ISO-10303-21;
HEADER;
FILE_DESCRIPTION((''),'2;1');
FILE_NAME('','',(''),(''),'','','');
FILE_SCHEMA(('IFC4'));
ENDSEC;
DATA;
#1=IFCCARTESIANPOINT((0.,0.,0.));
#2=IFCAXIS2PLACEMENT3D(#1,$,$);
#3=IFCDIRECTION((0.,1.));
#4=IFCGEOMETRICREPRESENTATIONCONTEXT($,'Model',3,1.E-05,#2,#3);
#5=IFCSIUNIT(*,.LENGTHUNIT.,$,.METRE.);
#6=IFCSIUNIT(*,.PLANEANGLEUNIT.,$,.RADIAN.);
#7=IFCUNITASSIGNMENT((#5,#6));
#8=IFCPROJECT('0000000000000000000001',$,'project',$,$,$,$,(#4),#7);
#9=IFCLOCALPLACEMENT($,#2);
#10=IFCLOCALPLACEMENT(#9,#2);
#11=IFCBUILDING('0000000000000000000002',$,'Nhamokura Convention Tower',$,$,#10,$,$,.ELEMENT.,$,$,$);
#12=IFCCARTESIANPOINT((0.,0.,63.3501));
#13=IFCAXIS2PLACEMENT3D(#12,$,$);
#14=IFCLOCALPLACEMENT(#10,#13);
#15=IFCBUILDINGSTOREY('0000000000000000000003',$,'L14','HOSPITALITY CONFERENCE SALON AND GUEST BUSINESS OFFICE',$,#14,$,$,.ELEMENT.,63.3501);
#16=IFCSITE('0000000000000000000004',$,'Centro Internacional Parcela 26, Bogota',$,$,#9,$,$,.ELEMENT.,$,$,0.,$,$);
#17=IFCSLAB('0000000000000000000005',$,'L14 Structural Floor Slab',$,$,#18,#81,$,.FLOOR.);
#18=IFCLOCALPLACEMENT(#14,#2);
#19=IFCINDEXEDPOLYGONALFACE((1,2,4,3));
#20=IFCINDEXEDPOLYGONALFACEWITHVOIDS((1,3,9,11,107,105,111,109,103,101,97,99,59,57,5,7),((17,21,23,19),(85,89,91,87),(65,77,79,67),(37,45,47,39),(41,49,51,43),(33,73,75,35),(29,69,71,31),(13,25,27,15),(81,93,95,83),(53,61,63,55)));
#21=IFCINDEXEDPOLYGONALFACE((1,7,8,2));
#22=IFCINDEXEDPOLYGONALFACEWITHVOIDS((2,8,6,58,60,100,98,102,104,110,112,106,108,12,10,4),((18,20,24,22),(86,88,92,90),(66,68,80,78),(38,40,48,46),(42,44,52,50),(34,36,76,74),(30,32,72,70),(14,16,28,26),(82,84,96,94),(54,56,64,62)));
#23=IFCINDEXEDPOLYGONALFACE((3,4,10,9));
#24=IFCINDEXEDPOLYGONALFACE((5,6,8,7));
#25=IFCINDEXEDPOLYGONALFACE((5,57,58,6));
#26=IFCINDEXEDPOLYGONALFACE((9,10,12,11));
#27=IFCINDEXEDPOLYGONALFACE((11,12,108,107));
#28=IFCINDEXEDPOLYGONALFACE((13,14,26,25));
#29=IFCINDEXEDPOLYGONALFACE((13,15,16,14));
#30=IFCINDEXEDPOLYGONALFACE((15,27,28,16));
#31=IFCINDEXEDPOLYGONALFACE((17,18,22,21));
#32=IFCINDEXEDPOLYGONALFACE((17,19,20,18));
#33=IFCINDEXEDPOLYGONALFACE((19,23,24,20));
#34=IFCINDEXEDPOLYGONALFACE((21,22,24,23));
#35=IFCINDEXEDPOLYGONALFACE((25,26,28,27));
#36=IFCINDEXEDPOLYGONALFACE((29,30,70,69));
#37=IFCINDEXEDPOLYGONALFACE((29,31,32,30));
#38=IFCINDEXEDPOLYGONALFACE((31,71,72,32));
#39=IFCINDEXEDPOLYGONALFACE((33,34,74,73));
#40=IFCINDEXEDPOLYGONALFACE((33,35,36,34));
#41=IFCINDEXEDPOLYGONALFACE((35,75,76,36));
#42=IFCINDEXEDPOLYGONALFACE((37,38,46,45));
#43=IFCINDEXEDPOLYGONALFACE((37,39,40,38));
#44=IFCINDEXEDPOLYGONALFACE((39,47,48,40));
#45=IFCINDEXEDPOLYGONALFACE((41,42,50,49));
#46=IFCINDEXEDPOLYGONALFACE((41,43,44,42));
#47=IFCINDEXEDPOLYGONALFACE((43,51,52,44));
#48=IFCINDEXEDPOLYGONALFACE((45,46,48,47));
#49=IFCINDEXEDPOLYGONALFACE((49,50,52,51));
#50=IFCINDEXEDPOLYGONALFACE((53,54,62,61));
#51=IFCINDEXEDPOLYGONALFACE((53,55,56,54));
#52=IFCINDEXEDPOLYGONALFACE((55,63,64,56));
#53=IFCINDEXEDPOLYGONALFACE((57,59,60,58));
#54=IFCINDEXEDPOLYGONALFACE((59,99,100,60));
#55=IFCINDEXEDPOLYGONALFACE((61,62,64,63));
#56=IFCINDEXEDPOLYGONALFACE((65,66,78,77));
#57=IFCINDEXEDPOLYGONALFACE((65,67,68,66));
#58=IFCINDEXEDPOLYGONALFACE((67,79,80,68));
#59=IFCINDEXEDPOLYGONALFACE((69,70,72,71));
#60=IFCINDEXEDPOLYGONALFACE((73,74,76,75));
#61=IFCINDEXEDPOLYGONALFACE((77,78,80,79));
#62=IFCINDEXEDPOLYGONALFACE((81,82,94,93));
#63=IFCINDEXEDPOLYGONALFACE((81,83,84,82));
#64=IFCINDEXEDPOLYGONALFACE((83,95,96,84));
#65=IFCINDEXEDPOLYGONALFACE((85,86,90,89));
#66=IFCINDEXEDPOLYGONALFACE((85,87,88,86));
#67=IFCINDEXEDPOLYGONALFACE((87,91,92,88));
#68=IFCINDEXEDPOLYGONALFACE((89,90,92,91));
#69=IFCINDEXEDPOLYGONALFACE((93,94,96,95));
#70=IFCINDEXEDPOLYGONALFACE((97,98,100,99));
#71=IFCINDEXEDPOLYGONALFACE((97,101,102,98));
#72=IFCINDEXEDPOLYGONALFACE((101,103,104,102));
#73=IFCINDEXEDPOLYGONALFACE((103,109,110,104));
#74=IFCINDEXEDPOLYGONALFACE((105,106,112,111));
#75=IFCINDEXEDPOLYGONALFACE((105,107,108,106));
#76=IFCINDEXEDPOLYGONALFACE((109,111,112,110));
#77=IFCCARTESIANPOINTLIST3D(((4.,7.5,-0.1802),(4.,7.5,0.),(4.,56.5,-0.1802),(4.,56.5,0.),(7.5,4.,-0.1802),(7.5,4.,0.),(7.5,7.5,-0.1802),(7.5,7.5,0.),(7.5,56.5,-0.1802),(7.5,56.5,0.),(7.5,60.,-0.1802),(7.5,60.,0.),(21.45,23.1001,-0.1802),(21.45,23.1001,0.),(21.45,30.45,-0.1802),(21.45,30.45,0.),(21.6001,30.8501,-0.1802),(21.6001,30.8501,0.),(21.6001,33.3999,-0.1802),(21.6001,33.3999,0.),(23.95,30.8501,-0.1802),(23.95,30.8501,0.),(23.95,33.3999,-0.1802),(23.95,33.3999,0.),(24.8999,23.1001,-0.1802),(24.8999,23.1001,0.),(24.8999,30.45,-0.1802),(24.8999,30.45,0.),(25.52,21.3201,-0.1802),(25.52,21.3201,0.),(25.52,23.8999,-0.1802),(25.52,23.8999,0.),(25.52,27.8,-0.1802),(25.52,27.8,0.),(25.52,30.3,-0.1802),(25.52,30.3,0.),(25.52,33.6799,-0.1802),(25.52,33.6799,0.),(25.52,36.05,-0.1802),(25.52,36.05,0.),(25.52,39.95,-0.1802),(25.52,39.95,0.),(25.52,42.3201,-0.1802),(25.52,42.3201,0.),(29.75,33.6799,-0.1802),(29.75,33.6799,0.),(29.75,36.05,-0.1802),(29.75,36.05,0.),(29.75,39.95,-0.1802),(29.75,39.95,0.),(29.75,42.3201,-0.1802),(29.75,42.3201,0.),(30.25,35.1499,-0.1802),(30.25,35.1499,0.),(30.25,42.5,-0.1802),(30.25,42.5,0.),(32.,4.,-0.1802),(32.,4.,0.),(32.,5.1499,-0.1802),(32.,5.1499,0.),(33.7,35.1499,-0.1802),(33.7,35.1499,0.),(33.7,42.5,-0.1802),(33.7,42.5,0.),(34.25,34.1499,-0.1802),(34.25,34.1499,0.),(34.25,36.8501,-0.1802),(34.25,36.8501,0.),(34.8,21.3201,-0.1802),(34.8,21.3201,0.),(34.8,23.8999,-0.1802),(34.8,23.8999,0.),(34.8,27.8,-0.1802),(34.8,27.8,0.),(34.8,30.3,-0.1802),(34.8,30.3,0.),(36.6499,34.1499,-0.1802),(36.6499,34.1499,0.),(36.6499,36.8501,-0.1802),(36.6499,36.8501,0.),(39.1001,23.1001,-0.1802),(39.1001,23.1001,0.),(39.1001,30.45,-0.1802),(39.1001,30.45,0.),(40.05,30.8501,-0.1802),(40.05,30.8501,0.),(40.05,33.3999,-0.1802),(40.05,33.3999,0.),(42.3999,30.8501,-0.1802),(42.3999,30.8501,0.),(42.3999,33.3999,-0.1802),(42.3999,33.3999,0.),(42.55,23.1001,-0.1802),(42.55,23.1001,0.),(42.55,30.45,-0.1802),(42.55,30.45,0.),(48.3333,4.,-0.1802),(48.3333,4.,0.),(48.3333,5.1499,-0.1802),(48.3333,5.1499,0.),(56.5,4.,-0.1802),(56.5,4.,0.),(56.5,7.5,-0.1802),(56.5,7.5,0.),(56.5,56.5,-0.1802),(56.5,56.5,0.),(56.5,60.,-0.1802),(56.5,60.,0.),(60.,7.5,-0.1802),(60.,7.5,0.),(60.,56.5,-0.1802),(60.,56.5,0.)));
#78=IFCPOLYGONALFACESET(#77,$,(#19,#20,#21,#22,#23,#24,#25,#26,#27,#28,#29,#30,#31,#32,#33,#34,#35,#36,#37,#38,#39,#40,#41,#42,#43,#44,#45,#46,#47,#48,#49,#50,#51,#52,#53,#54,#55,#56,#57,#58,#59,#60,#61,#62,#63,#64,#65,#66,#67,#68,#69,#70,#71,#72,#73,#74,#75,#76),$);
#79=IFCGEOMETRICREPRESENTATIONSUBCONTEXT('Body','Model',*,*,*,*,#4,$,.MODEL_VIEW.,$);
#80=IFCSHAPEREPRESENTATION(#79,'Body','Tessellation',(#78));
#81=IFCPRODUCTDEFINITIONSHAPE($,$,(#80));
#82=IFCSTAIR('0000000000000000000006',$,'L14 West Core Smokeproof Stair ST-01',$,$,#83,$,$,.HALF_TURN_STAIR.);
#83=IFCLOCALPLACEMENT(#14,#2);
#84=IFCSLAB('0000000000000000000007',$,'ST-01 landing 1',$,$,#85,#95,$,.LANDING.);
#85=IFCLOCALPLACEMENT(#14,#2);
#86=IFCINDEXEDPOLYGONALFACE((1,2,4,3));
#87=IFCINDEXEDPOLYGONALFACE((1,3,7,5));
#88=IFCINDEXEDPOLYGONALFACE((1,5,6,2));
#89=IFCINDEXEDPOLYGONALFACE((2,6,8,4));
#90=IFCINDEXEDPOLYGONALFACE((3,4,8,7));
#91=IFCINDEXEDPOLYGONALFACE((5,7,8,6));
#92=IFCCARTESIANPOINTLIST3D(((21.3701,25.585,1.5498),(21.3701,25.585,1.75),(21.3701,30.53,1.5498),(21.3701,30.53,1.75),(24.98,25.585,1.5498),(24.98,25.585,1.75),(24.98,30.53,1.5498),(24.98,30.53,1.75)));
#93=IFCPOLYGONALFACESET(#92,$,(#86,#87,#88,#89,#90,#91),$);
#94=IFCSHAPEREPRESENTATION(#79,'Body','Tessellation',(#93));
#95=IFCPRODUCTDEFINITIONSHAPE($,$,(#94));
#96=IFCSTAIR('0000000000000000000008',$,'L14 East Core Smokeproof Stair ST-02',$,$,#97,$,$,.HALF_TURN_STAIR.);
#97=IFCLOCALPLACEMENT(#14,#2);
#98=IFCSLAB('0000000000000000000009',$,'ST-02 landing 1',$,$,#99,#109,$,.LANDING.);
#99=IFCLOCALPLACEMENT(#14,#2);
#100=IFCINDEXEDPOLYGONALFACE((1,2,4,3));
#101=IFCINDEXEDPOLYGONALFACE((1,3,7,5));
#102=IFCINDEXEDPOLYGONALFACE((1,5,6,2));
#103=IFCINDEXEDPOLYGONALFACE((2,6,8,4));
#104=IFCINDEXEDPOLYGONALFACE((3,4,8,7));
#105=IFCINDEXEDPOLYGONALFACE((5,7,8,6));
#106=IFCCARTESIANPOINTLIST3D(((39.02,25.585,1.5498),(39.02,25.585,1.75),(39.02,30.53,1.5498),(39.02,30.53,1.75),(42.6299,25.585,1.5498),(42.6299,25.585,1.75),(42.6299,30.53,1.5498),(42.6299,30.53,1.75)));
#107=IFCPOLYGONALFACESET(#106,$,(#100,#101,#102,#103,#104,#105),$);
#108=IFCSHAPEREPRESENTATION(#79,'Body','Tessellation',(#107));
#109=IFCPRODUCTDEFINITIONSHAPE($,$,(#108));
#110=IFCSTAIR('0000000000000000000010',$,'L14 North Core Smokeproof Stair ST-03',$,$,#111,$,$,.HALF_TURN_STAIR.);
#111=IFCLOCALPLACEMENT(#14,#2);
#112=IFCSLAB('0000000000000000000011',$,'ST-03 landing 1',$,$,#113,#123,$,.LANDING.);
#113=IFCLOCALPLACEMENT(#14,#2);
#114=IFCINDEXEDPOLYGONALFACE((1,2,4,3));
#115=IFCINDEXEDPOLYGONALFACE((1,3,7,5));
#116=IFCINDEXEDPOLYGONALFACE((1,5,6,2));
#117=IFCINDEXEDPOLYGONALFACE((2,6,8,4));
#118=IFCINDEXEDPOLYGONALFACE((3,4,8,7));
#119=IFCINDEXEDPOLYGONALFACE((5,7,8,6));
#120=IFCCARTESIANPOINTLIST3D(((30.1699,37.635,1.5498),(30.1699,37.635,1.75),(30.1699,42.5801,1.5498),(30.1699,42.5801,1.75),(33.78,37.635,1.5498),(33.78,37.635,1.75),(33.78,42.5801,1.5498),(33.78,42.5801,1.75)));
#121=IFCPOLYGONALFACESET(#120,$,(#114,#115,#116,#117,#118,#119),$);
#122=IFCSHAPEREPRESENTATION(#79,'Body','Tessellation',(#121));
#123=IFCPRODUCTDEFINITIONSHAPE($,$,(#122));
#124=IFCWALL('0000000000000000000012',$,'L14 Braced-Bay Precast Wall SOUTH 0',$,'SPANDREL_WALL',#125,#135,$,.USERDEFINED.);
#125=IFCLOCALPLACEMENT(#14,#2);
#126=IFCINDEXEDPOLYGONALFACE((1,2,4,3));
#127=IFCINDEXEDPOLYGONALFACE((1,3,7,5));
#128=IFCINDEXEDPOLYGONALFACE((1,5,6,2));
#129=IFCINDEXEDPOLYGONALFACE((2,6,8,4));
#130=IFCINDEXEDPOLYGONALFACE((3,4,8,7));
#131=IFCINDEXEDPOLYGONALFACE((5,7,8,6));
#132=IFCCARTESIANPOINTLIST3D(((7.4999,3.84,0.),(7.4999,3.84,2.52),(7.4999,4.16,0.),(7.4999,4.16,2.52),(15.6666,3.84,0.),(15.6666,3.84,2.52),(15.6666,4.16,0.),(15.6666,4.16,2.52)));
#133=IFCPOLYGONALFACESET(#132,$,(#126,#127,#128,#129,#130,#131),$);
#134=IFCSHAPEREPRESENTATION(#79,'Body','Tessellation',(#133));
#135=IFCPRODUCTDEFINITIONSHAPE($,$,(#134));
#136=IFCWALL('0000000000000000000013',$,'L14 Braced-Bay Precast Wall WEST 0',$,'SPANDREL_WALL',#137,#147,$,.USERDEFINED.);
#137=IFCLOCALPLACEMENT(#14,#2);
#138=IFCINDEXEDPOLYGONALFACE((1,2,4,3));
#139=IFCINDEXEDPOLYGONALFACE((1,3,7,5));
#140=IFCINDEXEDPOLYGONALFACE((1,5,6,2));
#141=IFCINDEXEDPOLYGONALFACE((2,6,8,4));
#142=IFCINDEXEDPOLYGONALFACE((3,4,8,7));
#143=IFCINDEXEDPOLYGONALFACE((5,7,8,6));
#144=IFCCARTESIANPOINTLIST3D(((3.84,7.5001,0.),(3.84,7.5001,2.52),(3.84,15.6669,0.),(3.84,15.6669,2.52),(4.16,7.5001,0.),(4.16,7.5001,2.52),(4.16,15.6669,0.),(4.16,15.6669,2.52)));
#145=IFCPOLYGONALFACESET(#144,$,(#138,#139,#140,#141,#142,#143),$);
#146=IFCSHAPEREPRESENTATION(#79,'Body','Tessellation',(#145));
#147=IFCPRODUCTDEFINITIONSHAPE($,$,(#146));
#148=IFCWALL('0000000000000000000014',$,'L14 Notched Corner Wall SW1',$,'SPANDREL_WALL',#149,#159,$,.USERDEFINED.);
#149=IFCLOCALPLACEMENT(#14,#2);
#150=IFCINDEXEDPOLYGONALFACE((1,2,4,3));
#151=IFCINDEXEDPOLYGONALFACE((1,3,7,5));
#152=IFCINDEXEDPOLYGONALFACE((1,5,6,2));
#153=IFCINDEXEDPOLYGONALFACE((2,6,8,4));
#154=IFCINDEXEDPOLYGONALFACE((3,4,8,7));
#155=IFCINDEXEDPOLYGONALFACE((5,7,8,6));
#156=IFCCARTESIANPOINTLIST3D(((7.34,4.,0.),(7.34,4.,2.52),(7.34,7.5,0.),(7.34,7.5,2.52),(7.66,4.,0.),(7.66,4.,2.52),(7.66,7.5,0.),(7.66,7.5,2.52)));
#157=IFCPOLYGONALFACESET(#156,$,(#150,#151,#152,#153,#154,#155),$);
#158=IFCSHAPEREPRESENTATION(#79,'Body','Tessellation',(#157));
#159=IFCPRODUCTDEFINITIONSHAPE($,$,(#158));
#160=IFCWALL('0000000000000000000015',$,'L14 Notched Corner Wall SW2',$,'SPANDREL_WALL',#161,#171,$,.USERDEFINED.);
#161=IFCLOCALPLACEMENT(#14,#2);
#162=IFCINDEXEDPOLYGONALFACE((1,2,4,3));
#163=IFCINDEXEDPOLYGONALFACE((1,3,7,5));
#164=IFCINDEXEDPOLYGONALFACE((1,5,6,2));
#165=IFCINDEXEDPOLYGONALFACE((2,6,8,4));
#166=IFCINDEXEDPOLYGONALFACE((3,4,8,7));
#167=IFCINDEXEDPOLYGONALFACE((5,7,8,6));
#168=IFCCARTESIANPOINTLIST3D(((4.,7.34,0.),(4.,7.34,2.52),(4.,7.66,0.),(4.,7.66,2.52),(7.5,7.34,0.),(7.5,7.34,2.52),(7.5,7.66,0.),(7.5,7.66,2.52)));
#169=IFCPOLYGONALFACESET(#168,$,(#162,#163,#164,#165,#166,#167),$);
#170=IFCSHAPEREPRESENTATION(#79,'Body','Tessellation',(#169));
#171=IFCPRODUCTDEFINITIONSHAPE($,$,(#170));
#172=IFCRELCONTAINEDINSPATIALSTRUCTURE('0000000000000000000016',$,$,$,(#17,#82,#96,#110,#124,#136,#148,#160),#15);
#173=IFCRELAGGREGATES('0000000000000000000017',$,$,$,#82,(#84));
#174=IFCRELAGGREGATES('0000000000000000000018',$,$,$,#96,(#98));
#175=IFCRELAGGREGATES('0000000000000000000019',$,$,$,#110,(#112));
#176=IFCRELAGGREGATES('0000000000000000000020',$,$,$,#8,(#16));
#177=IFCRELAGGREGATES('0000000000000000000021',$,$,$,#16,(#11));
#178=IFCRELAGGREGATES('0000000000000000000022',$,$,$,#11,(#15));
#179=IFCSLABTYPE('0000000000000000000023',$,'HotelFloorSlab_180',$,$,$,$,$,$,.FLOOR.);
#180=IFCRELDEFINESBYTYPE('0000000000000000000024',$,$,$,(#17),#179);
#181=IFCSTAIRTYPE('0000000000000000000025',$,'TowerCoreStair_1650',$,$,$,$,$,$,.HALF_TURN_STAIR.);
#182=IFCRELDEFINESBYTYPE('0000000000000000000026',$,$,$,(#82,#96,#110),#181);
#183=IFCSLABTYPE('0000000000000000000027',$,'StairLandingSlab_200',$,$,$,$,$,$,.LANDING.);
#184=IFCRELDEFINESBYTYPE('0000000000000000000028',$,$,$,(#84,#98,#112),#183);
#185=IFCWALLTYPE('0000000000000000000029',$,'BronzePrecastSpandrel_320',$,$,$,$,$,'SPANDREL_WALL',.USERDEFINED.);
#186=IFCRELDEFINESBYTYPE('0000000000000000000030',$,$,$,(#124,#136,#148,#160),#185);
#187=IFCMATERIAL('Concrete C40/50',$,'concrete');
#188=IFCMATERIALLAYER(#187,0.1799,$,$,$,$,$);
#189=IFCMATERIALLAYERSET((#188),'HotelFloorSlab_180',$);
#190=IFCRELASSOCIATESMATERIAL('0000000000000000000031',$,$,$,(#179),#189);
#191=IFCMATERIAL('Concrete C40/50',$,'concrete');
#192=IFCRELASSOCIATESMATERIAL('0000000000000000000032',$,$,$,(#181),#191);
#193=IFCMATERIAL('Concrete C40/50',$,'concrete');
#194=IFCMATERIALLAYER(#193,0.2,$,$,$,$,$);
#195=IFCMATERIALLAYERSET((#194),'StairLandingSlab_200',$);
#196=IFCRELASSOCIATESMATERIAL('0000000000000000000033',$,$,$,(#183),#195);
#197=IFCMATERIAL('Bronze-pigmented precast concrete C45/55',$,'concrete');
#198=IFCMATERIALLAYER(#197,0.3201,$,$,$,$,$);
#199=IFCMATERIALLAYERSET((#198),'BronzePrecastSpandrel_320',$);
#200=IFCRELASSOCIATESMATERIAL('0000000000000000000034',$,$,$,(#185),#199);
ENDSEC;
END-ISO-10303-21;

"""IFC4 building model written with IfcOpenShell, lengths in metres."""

from ifc_helpers import new_model, si_unit, direction, frame, frame_2d, origin, place, context, subcontext, project, spatial, polyline, rectangle, outline, extrude, material, layer, layer_set, type_object, element, aggregate, save


model = new_model("IFC4")

# Units and contexts
model_context = context("Model", 3, precision=1e-05, world=origin(), true_north=direction((0.0, 1.0)))
body_context = subcontext(model_context, "Body", "Model", "MODEL_VIEW")
ifc_project = project(units=[si_unit("LENGTHUNIT", "METRE"), si_unit("PLANEANGLEUNIT", "RADIAN")], contexts=[model_context])

# Site, building, storey
site_placement = place(None, origin())
site = spatial("IfcSite", under=ifc_project, at=site_placement, Name="Centro Internacional Parcela 26, Bogota", CompositionType="ELEMENT", RefElevation=0.0)
building_placement = place(site_placement, origin())
building = spatial("IfcBuilding", under=site, at=building_placement, Name="Nhamokura Convention Tower", CompositionType="ELEMENT")
storey_placement = place(building_placement, frame((0.0, 0.0, 63.3501)))
storey = spatial("IfcBuildingStorey", under=building, at=storey_placement, Name="L14", Description="HOSPITALITY CONFERENCE SALON AND GUEST BUSINESS OFFICE", CompositionType="ELEMENT", Elevation=63.3501)

# Slab
ifc_material_1 = material(Name="Concrete C40/50", Category="concrete")
ifc_layer_1 = layer(ifc_material_1, 0.1799)
ifc_layer_set_1 = layer_set([ifc_layer_1], Name="HotelFloorSlab_180")
slab_type_1 = type_object("IfcSlabType", Name="HotelFloorSlab_180", PredefinedType="FLOOR", material=ifc_layer_set_1)
slab_1_placement = place(storey_placement, frame((0.0, 0.0, -0.1802)))
element("IfcSlab", 1, at=slab_1_placement, inside=storey, type_object=slab_type_1, Name="L14 Structural Floor Slab", PredefinedType="FLOOR", context=body_context, shape_type="SweptSolid", body=[
    extrude(outline(polyline([(7.5, 4.0), (32.0, 4.0), (32.0, 5.1499), (48.3333, 5.1499), (48.3333, 4.0), (56.5, 4.0), (56.5, 7.5), (60.0, 7.5), (60.0, 56.5), (56.5, 56.5), (56.5, 60.0), (7.5, 60.0), (7.5, 56.5), (4.0, 56.5), (4.0, 7.5), (7.5, 7.5), (7.5, 4.0)]), holes=[polyline([(24.8999, 23.1001), (24.8999, 30.45), (21.45, 30.45), (21.45, 23.1001), (24.8999, 23.1001)]), polyline([(42.55, 23.1001), (42.55, 30.45), (39.1001, 30.45), (39.1001, 23.1001), (42.55, 23.1001)]), polyline([(33.7, 35.1499), (33.7, 42.5), (30.25, 42.5), (30.25, 35.1499), (33.7, 35.1499)]), polyline([(21.6001, 30.8501), (23.95, 30.8501), (23.95, 33.3999), (21.6001, 33.3999), (21.6001, 30.8501)]), polyline([(40.05, 30.8501), (42.3999, 30.8501), (42.3999, 33.3999), (40.05, 33.3999), (40.05, 30.8501)]), polyline([(34.25, 34.1499), (36.6499, 34.1499), (36.6499, 36.8501), (34.25, 36.8501), (34.25, 34.1499)]), polyline([(25.52, 21.3201), (34.8, 21.3201), (34.8, 23.8999), (25.52, 23.8999), (25.52, 21.3201)]), polyline([(25.52, 27.8), (34.8, 27.8), (34.8, 30.3), (25.52, 30.3), (25.52, 27.8)]), polyline([(25.52, 33.6799), (29.75, 33.6799), (29.75, 36.05), (25.52, 36.05), (25.52, 33.6799)]), polyline([(25.52, 39.95), (29.75, 39.95), (29.75, 42.3201), (25.52, 42.3201), (25.52, 39.95)])]), origin(), (0.0, 0.0, 1.0), 0.1802),
])

# Stairs, slabs
ifc_material_2 = material(Name="Concrete C40/50", Category="concrete")
stair_type = type_object("IfcStairType", Name="TowerCoreStair_1650", PredefinedType="HALF_TURN_STAIR", material=ifc_material_2)
stair_1_placement = place(storey_placement, origin())
stair_1 = element("IfcStair", 2, at=stair_1_placement, inside=storey, type_object=stair_type, Name="L14 West Core Smokeproof Stair ST-01", PredefinedType="HALF_TURN_STAIR")
ifc_material_3 = material(Name="Concrete C40/50", Category="concrete")
ifc_layer_2 = layer(ifc_material_3, 0.2)
ifc_layer_set_2 = layer_set([ifc_layer_2], Name="StairLandingSlab_200")
slab_type_2 = type_object("IfcSlabType", Name="StairLandingSlab_200", PredefinedType="LANDING", material=ifc_layer_set_2)
slab_2_placement = place(storey_placement, frame((0.0, 0.0, 1.5498)))
slab_2 = element("IfcSlab", 3, at=slab_2_placement, type_object=slab_type_2, Name="ST-01 landing 1", PredefinedType="LANDING", context=body_context, shape_type="SweptSolid", body=[
    extrude(outline(polyline([(24.98, 25.585), (24.98, 30.53), (21.3701, 30.53), (21.3701, 25.585), (24.98, 25.585)])), origin(), (0.0, 0.0, 1.0), 0.2002),
])
aggregate(stair_1, [slab_2])
stair_2_placement = place(storey_placement, origin())
stair_2 = element("IfcStair", 4, at=stair_2_placement, inside=storey, type_object=stair_type, Name="L14 East Core Smokeproof Stair ST-02", PredefinedType="HALF_TURN_STAIR")
slab_3_placement = place(storey_placement, frame((0.0, 0.0, 1.5498)))
slab_3 = element("IfcSlab", 5, at=slab_3_placement, type_object=slab_type_2, Name="ST-02 landing 1", PredefinedType="LANDING", context=body_context, shape_type="SweptSolid", body=[
    extrude(outline(polyline([(42.6299, 25.585), (42.6299, 30.53), (39.02, 30.53), (39.02, 25.585), (42.6299, 25.585)])), origin(), (0.0, 0.0, 1.0), 0.2002),
])
aggregate(stair_2, [slab_3])
stair_3_placement = place(storey_placement, origin())
stair_3 = element("IfcStair", 6, at=stair_3_placement, inside=storey, type_object=stair_type, Name="L14 North Core Smokeproof Stair ST-03", PredefinedType="HALF_TURN_STAIR")
slab_4_placement = place(storey_placement, frame((0.0, 0.0, 1.5498)))
slab_4 = element("IfcSlab", 7, at=slab_4_placement, type_object=slab_type_2, Name="ST-03 landing 1", PredefinedType="LANDING", context=body_context, shape_type="SweptSolid", body=[
    extrude(outline(polyline([(33.78, 37.635), (33.78, 42.5801), (30.1699, 42.5801), (30.1699, 37.635), (33.78, 37.635)])), origin(), (0.0, 0.0, 1.0), 0.2002),
])
aggregate(stair_3, [slab_4])

# Walls
ifc_material_4 = material(Name="Bronze-pigmented precast concrete C45/55", Category="concrete")
ifc_layer_3 = layer(ifc_material_4, 0.3201)
ifc_layer_set_3 = layer_set([ifc_layer_3], Name="BronzePrecastSpandrel_320")
wall_type = type_object("IfcWallType", Name="BronzePrecastSpandrel_320", ElementType="SPANDREL_WALL", PredefinedType="USERDEFINED", material=ifc_layer_set_3)
for number, where, z_axis, x_axis, name in (
    (8, (15.6667, 4.0, 0.0), (0.0, 0.0, 1.0), (-1.0, 0.0, 0.0), "L14 Braced-Bay Precast Wall SOUTH 0"),
    (9, (4.0, 7.5, 0.0), (0.0, 0.0, 1.0), (0.0, 1.0, 0.0), "L14 Braced-Bay Precast Wall WEST 0"),
):
    element("IfcWall", number, at=place(storey_placement, frame(where, z_axis=z_axis, x_axis=x_axis)), inside=storey, type_object=wall_type, Name=name, ObjectType="SPANDREL_WALL", PredefinedType="USERDEFINED", context=body_context, shape_type="SweptSolid", body=[
        extrude(rectangle(XDim=8.1667, YDim=0.3201, at=frame_2d((4.0835, 0.0))), origin(), (0.0, 0.0, 1.0), 2.52),
    ])
for number, where, z_axis, x_axis, name in (
    (10, (7.5, 4.0, 0.0), (0.0, 0.0, 1.0), (0.0, 1.0, 0.0), "L14 Notched Corner Wall SW1"),
    (11, (7.5, 7.5, 0.0), (0.0, 0.0, 1.0), (-1.0, 0.0, 0.0), "L14 Notched Corner Wall SW2"),
):
    element("IfcWall", number, at=place(storey_placement, frame(where, z_axis=z_axis, x_axis=x_axis)), inside=storey, type_object=wall_type, Name=name, ObjectType="SPANDREL_WALL", PredefinedType="USERDEFINED", context=body_context, shape_type="SweptSolid", body=[
        extrude(rectangle(XDim=3.5, YDim=0.3201, at=frame_2d((1.75, 0.0))), origin(), (0.0, 0.0, 1.0), 2.52),
    ])

save(model, "model.ifc")
